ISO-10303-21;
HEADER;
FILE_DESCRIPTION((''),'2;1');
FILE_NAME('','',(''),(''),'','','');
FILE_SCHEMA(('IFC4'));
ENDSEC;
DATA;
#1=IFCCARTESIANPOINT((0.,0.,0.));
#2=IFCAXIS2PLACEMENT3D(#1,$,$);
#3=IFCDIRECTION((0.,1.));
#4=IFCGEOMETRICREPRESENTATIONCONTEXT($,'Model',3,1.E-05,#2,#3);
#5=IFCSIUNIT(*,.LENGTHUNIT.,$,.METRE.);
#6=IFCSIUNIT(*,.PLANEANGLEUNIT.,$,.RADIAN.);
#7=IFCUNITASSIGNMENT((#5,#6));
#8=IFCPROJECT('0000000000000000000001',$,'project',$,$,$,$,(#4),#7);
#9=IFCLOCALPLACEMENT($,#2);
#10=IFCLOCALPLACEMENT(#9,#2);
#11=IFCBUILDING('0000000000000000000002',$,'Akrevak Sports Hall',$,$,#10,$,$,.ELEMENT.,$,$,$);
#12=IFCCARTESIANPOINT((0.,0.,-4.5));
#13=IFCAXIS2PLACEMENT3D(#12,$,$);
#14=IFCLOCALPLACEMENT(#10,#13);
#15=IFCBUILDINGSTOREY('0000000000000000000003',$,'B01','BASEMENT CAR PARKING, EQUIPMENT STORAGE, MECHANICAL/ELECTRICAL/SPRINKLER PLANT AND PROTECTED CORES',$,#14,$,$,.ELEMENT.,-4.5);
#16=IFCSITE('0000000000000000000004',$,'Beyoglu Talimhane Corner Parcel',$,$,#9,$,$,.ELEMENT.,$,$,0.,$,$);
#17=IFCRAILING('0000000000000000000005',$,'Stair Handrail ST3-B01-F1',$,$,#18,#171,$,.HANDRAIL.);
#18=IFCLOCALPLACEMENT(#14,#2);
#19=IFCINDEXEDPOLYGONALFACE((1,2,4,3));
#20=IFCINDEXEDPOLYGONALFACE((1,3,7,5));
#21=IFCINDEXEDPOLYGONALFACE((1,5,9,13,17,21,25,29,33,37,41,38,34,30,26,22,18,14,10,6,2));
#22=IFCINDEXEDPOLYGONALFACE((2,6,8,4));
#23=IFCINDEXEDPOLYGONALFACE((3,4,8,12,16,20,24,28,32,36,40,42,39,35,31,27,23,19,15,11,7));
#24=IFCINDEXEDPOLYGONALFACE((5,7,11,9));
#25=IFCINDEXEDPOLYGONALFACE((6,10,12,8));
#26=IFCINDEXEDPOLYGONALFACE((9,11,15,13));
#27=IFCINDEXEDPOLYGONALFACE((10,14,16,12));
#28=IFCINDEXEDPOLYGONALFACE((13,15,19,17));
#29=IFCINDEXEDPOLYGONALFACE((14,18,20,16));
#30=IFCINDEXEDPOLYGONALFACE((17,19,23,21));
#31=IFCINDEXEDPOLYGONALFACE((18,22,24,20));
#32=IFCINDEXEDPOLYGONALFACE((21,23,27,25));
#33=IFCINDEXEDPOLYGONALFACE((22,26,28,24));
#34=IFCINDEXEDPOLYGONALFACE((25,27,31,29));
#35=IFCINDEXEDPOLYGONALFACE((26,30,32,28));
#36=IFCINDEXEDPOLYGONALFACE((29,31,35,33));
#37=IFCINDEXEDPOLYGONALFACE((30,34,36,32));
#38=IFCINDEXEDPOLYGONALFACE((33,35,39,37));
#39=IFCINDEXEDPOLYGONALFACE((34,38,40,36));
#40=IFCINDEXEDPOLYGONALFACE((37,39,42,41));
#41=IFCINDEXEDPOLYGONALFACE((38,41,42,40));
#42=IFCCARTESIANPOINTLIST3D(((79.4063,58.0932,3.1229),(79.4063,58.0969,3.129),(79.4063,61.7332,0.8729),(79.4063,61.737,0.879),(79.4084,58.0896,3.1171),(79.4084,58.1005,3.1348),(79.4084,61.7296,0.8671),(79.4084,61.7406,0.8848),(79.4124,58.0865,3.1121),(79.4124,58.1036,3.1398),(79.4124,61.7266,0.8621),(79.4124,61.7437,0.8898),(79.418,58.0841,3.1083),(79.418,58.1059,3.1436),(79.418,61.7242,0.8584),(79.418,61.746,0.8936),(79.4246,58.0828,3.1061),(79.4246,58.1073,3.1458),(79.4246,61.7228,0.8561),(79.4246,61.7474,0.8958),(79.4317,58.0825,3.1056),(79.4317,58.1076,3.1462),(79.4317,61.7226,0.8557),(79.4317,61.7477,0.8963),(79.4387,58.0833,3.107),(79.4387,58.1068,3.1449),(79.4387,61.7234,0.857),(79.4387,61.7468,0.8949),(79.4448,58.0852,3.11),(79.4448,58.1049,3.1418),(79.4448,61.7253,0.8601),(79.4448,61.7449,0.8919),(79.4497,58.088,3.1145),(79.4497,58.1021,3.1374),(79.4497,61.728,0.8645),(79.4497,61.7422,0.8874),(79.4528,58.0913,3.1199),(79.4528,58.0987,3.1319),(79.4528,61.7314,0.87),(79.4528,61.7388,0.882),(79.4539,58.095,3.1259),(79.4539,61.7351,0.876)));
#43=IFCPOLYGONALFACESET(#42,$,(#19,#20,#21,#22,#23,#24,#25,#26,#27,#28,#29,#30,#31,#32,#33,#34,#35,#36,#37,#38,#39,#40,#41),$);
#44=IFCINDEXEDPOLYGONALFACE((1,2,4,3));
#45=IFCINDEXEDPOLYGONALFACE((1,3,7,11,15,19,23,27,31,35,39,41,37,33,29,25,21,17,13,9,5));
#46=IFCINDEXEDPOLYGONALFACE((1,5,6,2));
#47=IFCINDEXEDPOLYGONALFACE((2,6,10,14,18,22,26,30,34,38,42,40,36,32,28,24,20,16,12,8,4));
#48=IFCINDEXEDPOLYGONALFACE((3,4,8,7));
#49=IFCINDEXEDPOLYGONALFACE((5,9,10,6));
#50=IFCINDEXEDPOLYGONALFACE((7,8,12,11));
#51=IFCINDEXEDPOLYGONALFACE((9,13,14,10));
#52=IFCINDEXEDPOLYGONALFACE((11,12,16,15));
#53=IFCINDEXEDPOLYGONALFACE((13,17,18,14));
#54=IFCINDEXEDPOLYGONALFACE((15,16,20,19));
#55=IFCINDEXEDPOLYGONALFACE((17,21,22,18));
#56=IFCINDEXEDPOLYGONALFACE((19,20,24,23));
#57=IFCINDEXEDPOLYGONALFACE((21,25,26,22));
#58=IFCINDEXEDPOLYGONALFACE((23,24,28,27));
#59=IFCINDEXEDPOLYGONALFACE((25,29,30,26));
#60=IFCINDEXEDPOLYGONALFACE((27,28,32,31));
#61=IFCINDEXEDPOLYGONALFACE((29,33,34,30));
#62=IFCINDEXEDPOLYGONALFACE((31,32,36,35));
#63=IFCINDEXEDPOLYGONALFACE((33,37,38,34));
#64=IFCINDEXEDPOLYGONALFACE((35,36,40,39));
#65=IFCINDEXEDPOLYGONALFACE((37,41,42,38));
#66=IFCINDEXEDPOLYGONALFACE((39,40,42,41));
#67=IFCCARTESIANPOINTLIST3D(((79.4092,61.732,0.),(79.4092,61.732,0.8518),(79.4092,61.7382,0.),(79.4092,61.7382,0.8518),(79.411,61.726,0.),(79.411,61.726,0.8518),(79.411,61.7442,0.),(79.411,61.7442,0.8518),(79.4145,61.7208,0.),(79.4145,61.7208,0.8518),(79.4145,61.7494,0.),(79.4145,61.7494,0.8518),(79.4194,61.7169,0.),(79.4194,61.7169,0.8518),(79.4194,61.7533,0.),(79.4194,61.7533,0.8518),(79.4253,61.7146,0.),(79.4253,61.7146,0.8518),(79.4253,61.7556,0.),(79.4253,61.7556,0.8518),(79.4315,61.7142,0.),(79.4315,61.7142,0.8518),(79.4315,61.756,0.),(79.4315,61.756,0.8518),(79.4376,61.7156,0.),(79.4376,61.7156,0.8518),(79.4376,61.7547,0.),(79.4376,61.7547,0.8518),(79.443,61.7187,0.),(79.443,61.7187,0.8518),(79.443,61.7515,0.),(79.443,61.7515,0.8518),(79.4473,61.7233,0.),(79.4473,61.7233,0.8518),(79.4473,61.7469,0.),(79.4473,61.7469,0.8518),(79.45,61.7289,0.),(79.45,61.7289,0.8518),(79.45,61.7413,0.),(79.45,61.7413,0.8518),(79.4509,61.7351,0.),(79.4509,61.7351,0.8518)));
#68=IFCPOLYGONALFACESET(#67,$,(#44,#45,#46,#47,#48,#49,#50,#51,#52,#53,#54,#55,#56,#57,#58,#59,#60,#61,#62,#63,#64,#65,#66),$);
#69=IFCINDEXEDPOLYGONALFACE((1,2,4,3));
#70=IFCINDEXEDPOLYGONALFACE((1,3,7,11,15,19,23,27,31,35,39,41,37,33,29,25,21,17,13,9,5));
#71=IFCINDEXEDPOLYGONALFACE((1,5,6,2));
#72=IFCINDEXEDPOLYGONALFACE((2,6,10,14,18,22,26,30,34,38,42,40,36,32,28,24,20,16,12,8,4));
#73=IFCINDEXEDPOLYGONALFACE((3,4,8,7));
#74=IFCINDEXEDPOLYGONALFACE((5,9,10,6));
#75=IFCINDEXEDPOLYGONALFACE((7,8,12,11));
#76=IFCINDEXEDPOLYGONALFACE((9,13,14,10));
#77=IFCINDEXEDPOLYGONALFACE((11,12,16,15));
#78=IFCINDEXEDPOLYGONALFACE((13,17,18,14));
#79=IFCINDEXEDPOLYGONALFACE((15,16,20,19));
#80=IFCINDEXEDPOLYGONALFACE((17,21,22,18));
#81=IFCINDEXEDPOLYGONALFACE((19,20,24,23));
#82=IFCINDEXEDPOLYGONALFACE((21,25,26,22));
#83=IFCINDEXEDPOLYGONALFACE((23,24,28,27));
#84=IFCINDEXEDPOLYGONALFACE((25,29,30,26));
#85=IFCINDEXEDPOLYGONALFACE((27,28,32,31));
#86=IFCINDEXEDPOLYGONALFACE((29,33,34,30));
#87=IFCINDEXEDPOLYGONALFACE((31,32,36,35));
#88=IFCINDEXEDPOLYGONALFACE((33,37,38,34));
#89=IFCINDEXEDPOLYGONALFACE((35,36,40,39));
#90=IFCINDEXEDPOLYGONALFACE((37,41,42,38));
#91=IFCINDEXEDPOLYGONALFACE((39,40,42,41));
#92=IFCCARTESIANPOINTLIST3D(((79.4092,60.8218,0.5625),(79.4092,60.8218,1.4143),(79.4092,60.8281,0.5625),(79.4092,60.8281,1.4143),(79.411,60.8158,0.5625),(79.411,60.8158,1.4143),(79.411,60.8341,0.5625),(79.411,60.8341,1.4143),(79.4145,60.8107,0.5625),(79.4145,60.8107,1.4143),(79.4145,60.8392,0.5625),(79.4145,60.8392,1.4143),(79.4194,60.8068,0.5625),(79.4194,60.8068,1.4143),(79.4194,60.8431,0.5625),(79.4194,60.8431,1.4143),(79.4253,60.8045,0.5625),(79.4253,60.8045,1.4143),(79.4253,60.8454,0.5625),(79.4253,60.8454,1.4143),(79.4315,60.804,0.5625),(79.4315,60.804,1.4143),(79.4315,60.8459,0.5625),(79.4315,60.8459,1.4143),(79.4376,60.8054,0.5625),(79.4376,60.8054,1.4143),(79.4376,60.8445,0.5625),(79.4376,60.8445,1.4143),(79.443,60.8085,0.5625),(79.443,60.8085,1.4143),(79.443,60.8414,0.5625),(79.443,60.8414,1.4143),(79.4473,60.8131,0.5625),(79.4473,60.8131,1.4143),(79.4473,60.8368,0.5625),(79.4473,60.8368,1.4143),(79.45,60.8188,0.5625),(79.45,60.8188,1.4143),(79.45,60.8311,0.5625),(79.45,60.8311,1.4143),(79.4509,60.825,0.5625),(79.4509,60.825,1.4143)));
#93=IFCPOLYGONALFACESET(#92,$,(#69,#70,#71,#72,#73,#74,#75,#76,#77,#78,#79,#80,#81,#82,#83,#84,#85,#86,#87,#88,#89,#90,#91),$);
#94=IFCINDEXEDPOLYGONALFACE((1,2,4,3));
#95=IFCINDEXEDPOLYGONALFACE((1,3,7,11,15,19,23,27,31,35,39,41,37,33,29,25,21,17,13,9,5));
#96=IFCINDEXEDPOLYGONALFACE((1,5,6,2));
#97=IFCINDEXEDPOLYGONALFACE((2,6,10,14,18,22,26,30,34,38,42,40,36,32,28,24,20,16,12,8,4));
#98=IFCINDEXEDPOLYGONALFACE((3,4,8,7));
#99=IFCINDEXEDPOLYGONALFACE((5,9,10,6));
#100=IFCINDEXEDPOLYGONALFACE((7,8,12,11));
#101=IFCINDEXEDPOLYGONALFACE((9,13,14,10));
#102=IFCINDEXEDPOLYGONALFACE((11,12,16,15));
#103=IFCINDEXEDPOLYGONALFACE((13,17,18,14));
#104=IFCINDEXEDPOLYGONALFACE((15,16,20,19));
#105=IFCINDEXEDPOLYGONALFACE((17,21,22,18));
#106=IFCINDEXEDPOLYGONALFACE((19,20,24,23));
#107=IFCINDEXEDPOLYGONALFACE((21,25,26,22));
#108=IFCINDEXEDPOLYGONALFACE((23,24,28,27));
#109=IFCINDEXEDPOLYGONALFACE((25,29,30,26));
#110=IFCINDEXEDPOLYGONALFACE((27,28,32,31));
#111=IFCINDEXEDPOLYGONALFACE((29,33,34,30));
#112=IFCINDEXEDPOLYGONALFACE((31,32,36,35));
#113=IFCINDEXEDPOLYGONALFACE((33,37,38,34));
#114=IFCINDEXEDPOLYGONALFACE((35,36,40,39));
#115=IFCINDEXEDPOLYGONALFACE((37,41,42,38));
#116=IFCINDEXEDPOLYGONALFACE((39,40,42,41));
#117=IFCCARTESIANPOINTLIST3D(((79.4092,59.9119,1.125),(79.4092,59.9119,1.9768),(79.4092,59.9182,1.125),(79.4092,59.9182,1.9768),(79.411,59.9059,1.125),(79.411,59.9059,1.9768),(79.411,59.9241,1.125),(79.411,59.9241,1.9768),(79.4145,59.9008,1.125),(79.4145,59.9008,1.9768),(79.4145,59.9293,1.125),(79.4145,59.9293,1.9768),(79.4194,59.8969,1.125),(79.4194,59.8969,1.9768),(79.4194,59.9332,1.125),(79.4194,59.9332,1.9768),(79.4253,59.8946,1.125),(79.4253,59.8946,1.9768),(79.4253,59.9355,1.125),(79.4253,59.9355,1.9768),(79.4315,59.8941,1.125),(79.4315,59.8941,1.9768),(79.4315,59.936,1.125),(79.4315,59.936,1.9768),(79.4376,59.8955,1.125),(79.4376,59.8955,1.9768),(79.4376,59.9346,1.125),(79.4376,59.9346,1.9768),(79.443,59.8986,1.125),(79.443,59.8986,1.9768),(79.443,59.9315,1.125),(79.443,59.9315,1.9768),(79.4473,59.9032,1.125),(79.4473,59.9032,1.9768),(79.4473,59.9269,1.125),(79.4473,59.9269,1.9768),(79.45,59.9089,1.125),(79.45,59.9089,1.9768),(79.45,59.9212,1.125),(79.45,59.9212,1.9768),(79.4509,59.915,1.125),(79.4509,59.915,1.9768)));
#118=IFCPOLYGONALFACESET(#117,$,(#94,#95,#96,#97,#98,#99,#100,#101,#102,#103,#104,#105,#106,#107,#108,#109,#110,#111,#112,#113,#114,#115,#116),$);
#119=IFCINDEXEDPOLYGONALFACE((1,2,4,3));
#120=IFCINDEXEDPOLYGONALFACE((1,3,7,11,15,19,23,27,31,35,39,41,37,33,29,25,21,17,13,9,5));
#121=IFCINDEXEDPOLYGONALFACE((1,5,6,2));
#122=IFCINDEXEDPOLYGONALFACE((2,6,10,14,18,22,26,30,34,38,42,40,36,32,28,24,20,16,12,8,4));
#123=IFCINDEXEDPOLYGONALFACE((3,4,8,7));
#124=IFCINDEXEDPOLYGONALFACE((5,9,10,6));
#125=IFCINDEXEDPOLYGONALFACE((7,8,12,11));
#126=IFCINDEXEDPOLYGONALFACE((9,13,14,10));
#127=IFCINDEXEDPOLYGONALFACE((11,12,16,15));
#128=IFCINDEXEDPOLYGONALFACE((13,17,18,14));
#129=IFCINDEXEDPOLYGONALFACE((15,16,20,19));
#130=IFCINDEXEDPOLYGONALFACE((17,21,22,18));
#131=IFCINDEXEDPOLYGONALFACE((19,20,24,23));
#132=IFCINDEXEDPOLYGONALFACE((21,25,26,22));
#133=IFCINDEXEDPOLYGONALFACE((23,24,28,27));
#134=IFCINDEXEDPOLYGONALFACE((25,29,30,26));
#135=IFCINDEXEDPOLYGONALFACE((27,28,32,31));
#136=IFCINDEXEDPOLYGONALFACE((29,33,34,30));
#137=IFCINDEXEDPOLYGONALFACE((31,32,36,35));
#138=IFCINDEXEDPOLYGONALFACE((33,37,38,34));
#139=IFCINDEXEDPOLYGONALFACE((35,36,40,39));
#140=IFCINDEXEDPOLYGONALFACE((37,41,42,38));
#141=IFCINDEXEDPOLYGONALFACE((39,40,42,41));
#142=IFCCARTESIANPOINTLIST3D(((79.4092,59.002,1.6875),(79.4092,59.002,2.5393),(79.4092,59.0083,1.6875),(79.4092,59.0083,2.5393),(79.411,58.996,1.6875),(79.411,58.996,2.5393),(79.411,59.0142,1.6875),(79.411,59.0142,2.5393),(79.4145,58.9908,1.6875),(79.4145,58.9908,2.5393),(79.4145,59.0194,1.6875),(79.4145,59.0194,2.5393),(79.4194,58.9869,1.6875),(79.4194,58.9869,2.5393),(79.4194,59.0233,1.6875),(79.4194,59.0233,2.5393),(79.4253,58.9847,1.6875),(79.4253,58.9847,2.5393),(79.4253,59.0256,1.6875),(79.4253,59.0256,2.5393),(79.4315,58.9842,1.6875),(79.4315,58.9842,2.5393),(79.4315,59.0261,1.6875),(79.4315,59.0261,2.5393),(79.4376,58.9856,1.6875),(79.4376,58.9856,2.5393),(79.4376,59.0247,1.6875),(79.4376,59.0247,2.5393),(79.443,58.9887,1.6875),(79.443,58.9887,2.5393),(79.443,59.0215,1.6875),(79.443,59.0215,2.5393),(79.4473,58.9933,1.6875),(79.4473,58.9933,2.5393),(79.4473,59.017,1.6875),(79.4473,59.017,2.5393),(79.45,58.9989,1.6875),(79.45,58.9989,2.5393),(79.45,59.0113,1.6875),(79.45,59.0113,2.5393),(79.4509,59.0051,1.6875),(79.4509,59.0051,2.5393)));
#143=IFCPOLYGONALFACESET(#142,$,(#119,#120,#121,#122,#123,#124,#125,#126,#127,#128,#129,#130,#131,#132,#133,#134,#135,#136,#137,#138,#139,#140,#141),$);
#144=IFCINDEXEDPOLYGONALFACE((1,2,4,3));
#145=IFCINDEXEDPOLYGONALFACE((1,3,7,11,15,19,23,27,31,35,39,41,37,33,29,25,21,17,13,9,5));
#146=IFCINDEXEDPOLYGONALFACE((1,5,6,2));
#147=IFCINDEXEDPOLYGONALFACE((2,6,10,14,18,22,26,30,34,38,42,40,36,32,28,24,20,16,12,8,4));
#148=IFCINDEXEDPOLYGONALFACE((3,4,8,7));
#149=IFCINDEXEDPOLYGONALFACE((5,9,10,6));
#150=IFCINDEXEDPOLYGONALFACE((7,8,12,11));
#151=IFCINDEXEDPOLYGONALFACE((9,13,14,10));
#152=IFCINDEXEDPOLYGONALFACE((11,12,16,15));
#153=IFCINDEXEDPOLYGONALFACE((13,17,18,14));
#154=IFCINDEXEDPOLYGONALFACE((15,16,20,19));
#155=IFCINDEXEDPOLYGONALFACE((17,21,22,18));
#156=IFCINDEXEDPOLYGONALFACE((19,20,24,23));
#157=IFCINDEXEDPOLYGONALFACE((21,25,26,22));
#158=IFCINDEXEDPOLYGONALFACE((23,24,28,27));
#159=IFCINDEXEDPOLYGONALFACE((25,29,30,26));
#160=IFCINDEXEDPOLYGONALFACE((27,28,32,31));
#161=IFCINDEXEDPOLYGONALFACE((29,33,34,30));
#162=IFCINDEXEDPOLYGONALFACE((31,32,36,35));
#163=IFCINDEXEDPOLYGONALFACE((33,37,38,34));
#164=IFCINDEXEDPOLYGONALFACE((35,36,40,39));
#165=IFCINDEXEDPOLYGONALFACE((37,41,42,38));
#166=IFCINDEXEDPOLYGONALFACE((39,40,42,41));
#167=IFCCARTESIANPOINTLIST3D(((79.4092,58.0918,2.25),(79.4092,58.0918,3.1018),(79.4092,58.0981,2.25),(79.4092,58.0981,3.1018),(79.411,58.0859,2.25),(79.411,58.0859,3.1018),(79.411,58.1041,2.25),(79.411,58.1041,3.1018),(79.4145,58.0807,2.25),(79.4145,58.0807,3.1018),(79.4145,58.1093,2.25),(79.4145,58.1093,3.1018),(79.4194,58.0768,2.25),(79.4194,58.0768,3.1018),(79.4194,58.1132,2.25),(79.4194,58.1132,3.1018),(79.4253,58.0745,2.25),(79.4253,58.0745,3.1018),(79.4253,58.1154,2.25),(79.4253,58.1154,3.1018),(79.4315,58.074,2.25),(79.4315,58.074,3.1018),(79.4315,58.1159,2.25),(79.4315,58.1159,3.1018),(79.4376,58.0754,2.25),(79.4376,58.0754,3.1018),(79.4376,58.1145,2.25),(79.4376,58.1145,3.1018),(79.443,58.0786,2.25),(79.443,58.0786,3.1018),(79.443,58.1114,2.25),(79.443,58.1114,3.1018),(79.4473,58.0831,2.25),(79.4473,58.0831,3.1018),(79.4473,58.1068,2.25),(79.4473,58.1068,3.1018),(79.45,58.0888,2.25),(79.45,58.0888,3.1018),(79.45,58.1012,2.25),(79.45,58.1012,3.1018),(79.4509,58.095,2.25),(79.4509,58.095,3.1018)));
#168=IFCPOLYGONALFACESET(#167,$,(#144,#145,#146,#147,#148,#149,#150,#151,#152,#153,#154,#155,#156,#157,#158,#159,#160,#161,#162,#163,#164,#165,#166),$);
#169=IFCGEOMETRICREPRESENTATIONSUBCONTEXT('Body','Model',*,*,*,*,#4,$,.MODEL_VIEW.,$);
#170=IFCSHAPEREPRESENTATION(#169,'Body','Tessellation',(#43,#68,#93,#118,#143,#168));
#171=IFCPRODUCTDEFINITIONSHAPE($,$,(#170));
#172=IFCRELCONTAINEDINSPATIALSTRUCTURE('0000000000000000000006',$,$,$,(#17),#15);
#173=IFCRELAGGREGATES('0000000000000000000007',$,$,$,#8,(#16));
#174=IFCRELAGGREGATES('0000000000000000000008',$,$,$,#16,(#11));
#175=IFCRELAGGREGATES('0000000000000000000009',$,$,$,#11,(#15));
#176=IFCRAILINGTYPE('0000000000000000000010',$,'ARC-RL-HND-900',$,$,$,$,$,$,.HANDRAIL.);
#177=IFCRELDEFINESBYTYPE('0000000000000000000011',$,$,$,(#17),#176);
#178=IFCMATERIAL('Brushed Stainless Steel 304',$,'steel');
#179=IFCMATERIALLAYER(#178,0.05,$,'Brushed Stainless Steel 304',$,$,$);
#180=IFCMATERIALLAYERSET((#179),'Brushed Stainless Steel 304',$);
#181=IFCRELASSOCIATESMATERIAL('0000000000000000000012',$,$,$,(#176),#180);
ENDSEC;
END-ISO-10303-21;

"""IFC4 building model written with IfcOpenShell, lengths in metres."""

from ifc_helpers import new_model, si_unit, direction, frame, origin, origin_2d, place, context, subcontext, project, spatial, circle, extrude, material, layer, layer_set, type_object, element, save


model = new_model("IFC4")

# Units and contexts
model_context = context("Model", 3, precision=1e-05, world=origin(), true_north=direction((0.0, 1.0)))
body_context = subcontext(model_context, "Body", "Model", "MODEL_VIEW")
ifc_project = project(units=[si_unit("LENGTHUNIT", "METRE"), si_unit("PLANEANGLEUNIT", "RADIAN")], contexts=[model_context])

# Site, building, storey
site_placement = place(None, origin())
site = spatial("IfcSite", under=ifc_project, at=site_placement, Name="Beyoglu Talimhane Corner Parcel", CompositionType="ELEMENT", RefElevation=0.0)
building_placement = place(site_placement, origin())
building = spatial("IfcBuilding", under=site, at=building_placement, Name="Akrevak Sports Hall", CompositionType="ELEMENT")
storey_placement = place(building_placement, frame((0.0, 0.0, -4.5)))
storey = spatial("IfcBuildingStorey", under=building, at=storey_placement, Name="B01", Description="BASEMENT CAR PARKING, EQUIPMENT STORAGE, MECHANICAL/ELECTRICAL/SPRINKLER PLANT AND PROTECTED CORES", CompositionType="ELEMENT", Elevation=-4.5)

# Railing
ifc_material_1 = material(Name="Brushed Stainless Steel 304", Category="steel")
ifc_layer_1 = layer(ifc_material_1, 0.05, Name="Brushed Stainless Steel 304")
ifc_layer_set_1 = layer_set([ifc_layer_1], Name="Brushed Stainless Steel 304")
railing_type_1 = type_object("IfcRailingType", Name="ARC-RL-HND-900", PredefinedType="HANDRAIL", material=ifc_layer_set_1)
railing_1_placement = place(storey_placement, frame((79.4299, 61.7351, 0.0)))
element("IfcRailing", 1, at=railing_1_placement, inside=storey, type_object=railing_type_1, Name="Stair Handrail ST3-B01-F1", PredefinedType="HANDRAIL", context=body_context, shape_type="SweptSolid", body=[
    extrude(circle(Radius=0.0239, at=origin_2d()), frame((0.0, 0.0, 0.876), z_axis=(0.0, -0.850622, 0.525777), x_axis=(1.0, 0.0, 0.0)), (0.0, 0.0, 1.0), 4.2793),
    extrude(circle(Radius=0.021, at=origin_2d()), origin(), (0.0, 0.0, 1.0), 0.8518),
    extrude(circle(Radius=0.021, at=origin_2d()), frame((0.0, -0.9102, 0.5625)), (0.0, 0.0, 1.0), 0.8518),
    extrude(circle(Radius=0.021, at=origin_2d()), frame((0.0, -1.8201, 1.125)), (0.0, 0.0, 1.0), 0.8518),
    extrude(circle(Radius=0.021, at=origin_2d()), frame((0.0, -2.73, 1.6875)), (0.0, 0.0, 1.0), 0.8518),
    extrude(circle(Radius=0.021, at=origin_2d()), frame((0.0, -3.6401, 2.25)), (0.0, 0.0, 1.0), 0.8518),
])

save(model, "model.ifc")
